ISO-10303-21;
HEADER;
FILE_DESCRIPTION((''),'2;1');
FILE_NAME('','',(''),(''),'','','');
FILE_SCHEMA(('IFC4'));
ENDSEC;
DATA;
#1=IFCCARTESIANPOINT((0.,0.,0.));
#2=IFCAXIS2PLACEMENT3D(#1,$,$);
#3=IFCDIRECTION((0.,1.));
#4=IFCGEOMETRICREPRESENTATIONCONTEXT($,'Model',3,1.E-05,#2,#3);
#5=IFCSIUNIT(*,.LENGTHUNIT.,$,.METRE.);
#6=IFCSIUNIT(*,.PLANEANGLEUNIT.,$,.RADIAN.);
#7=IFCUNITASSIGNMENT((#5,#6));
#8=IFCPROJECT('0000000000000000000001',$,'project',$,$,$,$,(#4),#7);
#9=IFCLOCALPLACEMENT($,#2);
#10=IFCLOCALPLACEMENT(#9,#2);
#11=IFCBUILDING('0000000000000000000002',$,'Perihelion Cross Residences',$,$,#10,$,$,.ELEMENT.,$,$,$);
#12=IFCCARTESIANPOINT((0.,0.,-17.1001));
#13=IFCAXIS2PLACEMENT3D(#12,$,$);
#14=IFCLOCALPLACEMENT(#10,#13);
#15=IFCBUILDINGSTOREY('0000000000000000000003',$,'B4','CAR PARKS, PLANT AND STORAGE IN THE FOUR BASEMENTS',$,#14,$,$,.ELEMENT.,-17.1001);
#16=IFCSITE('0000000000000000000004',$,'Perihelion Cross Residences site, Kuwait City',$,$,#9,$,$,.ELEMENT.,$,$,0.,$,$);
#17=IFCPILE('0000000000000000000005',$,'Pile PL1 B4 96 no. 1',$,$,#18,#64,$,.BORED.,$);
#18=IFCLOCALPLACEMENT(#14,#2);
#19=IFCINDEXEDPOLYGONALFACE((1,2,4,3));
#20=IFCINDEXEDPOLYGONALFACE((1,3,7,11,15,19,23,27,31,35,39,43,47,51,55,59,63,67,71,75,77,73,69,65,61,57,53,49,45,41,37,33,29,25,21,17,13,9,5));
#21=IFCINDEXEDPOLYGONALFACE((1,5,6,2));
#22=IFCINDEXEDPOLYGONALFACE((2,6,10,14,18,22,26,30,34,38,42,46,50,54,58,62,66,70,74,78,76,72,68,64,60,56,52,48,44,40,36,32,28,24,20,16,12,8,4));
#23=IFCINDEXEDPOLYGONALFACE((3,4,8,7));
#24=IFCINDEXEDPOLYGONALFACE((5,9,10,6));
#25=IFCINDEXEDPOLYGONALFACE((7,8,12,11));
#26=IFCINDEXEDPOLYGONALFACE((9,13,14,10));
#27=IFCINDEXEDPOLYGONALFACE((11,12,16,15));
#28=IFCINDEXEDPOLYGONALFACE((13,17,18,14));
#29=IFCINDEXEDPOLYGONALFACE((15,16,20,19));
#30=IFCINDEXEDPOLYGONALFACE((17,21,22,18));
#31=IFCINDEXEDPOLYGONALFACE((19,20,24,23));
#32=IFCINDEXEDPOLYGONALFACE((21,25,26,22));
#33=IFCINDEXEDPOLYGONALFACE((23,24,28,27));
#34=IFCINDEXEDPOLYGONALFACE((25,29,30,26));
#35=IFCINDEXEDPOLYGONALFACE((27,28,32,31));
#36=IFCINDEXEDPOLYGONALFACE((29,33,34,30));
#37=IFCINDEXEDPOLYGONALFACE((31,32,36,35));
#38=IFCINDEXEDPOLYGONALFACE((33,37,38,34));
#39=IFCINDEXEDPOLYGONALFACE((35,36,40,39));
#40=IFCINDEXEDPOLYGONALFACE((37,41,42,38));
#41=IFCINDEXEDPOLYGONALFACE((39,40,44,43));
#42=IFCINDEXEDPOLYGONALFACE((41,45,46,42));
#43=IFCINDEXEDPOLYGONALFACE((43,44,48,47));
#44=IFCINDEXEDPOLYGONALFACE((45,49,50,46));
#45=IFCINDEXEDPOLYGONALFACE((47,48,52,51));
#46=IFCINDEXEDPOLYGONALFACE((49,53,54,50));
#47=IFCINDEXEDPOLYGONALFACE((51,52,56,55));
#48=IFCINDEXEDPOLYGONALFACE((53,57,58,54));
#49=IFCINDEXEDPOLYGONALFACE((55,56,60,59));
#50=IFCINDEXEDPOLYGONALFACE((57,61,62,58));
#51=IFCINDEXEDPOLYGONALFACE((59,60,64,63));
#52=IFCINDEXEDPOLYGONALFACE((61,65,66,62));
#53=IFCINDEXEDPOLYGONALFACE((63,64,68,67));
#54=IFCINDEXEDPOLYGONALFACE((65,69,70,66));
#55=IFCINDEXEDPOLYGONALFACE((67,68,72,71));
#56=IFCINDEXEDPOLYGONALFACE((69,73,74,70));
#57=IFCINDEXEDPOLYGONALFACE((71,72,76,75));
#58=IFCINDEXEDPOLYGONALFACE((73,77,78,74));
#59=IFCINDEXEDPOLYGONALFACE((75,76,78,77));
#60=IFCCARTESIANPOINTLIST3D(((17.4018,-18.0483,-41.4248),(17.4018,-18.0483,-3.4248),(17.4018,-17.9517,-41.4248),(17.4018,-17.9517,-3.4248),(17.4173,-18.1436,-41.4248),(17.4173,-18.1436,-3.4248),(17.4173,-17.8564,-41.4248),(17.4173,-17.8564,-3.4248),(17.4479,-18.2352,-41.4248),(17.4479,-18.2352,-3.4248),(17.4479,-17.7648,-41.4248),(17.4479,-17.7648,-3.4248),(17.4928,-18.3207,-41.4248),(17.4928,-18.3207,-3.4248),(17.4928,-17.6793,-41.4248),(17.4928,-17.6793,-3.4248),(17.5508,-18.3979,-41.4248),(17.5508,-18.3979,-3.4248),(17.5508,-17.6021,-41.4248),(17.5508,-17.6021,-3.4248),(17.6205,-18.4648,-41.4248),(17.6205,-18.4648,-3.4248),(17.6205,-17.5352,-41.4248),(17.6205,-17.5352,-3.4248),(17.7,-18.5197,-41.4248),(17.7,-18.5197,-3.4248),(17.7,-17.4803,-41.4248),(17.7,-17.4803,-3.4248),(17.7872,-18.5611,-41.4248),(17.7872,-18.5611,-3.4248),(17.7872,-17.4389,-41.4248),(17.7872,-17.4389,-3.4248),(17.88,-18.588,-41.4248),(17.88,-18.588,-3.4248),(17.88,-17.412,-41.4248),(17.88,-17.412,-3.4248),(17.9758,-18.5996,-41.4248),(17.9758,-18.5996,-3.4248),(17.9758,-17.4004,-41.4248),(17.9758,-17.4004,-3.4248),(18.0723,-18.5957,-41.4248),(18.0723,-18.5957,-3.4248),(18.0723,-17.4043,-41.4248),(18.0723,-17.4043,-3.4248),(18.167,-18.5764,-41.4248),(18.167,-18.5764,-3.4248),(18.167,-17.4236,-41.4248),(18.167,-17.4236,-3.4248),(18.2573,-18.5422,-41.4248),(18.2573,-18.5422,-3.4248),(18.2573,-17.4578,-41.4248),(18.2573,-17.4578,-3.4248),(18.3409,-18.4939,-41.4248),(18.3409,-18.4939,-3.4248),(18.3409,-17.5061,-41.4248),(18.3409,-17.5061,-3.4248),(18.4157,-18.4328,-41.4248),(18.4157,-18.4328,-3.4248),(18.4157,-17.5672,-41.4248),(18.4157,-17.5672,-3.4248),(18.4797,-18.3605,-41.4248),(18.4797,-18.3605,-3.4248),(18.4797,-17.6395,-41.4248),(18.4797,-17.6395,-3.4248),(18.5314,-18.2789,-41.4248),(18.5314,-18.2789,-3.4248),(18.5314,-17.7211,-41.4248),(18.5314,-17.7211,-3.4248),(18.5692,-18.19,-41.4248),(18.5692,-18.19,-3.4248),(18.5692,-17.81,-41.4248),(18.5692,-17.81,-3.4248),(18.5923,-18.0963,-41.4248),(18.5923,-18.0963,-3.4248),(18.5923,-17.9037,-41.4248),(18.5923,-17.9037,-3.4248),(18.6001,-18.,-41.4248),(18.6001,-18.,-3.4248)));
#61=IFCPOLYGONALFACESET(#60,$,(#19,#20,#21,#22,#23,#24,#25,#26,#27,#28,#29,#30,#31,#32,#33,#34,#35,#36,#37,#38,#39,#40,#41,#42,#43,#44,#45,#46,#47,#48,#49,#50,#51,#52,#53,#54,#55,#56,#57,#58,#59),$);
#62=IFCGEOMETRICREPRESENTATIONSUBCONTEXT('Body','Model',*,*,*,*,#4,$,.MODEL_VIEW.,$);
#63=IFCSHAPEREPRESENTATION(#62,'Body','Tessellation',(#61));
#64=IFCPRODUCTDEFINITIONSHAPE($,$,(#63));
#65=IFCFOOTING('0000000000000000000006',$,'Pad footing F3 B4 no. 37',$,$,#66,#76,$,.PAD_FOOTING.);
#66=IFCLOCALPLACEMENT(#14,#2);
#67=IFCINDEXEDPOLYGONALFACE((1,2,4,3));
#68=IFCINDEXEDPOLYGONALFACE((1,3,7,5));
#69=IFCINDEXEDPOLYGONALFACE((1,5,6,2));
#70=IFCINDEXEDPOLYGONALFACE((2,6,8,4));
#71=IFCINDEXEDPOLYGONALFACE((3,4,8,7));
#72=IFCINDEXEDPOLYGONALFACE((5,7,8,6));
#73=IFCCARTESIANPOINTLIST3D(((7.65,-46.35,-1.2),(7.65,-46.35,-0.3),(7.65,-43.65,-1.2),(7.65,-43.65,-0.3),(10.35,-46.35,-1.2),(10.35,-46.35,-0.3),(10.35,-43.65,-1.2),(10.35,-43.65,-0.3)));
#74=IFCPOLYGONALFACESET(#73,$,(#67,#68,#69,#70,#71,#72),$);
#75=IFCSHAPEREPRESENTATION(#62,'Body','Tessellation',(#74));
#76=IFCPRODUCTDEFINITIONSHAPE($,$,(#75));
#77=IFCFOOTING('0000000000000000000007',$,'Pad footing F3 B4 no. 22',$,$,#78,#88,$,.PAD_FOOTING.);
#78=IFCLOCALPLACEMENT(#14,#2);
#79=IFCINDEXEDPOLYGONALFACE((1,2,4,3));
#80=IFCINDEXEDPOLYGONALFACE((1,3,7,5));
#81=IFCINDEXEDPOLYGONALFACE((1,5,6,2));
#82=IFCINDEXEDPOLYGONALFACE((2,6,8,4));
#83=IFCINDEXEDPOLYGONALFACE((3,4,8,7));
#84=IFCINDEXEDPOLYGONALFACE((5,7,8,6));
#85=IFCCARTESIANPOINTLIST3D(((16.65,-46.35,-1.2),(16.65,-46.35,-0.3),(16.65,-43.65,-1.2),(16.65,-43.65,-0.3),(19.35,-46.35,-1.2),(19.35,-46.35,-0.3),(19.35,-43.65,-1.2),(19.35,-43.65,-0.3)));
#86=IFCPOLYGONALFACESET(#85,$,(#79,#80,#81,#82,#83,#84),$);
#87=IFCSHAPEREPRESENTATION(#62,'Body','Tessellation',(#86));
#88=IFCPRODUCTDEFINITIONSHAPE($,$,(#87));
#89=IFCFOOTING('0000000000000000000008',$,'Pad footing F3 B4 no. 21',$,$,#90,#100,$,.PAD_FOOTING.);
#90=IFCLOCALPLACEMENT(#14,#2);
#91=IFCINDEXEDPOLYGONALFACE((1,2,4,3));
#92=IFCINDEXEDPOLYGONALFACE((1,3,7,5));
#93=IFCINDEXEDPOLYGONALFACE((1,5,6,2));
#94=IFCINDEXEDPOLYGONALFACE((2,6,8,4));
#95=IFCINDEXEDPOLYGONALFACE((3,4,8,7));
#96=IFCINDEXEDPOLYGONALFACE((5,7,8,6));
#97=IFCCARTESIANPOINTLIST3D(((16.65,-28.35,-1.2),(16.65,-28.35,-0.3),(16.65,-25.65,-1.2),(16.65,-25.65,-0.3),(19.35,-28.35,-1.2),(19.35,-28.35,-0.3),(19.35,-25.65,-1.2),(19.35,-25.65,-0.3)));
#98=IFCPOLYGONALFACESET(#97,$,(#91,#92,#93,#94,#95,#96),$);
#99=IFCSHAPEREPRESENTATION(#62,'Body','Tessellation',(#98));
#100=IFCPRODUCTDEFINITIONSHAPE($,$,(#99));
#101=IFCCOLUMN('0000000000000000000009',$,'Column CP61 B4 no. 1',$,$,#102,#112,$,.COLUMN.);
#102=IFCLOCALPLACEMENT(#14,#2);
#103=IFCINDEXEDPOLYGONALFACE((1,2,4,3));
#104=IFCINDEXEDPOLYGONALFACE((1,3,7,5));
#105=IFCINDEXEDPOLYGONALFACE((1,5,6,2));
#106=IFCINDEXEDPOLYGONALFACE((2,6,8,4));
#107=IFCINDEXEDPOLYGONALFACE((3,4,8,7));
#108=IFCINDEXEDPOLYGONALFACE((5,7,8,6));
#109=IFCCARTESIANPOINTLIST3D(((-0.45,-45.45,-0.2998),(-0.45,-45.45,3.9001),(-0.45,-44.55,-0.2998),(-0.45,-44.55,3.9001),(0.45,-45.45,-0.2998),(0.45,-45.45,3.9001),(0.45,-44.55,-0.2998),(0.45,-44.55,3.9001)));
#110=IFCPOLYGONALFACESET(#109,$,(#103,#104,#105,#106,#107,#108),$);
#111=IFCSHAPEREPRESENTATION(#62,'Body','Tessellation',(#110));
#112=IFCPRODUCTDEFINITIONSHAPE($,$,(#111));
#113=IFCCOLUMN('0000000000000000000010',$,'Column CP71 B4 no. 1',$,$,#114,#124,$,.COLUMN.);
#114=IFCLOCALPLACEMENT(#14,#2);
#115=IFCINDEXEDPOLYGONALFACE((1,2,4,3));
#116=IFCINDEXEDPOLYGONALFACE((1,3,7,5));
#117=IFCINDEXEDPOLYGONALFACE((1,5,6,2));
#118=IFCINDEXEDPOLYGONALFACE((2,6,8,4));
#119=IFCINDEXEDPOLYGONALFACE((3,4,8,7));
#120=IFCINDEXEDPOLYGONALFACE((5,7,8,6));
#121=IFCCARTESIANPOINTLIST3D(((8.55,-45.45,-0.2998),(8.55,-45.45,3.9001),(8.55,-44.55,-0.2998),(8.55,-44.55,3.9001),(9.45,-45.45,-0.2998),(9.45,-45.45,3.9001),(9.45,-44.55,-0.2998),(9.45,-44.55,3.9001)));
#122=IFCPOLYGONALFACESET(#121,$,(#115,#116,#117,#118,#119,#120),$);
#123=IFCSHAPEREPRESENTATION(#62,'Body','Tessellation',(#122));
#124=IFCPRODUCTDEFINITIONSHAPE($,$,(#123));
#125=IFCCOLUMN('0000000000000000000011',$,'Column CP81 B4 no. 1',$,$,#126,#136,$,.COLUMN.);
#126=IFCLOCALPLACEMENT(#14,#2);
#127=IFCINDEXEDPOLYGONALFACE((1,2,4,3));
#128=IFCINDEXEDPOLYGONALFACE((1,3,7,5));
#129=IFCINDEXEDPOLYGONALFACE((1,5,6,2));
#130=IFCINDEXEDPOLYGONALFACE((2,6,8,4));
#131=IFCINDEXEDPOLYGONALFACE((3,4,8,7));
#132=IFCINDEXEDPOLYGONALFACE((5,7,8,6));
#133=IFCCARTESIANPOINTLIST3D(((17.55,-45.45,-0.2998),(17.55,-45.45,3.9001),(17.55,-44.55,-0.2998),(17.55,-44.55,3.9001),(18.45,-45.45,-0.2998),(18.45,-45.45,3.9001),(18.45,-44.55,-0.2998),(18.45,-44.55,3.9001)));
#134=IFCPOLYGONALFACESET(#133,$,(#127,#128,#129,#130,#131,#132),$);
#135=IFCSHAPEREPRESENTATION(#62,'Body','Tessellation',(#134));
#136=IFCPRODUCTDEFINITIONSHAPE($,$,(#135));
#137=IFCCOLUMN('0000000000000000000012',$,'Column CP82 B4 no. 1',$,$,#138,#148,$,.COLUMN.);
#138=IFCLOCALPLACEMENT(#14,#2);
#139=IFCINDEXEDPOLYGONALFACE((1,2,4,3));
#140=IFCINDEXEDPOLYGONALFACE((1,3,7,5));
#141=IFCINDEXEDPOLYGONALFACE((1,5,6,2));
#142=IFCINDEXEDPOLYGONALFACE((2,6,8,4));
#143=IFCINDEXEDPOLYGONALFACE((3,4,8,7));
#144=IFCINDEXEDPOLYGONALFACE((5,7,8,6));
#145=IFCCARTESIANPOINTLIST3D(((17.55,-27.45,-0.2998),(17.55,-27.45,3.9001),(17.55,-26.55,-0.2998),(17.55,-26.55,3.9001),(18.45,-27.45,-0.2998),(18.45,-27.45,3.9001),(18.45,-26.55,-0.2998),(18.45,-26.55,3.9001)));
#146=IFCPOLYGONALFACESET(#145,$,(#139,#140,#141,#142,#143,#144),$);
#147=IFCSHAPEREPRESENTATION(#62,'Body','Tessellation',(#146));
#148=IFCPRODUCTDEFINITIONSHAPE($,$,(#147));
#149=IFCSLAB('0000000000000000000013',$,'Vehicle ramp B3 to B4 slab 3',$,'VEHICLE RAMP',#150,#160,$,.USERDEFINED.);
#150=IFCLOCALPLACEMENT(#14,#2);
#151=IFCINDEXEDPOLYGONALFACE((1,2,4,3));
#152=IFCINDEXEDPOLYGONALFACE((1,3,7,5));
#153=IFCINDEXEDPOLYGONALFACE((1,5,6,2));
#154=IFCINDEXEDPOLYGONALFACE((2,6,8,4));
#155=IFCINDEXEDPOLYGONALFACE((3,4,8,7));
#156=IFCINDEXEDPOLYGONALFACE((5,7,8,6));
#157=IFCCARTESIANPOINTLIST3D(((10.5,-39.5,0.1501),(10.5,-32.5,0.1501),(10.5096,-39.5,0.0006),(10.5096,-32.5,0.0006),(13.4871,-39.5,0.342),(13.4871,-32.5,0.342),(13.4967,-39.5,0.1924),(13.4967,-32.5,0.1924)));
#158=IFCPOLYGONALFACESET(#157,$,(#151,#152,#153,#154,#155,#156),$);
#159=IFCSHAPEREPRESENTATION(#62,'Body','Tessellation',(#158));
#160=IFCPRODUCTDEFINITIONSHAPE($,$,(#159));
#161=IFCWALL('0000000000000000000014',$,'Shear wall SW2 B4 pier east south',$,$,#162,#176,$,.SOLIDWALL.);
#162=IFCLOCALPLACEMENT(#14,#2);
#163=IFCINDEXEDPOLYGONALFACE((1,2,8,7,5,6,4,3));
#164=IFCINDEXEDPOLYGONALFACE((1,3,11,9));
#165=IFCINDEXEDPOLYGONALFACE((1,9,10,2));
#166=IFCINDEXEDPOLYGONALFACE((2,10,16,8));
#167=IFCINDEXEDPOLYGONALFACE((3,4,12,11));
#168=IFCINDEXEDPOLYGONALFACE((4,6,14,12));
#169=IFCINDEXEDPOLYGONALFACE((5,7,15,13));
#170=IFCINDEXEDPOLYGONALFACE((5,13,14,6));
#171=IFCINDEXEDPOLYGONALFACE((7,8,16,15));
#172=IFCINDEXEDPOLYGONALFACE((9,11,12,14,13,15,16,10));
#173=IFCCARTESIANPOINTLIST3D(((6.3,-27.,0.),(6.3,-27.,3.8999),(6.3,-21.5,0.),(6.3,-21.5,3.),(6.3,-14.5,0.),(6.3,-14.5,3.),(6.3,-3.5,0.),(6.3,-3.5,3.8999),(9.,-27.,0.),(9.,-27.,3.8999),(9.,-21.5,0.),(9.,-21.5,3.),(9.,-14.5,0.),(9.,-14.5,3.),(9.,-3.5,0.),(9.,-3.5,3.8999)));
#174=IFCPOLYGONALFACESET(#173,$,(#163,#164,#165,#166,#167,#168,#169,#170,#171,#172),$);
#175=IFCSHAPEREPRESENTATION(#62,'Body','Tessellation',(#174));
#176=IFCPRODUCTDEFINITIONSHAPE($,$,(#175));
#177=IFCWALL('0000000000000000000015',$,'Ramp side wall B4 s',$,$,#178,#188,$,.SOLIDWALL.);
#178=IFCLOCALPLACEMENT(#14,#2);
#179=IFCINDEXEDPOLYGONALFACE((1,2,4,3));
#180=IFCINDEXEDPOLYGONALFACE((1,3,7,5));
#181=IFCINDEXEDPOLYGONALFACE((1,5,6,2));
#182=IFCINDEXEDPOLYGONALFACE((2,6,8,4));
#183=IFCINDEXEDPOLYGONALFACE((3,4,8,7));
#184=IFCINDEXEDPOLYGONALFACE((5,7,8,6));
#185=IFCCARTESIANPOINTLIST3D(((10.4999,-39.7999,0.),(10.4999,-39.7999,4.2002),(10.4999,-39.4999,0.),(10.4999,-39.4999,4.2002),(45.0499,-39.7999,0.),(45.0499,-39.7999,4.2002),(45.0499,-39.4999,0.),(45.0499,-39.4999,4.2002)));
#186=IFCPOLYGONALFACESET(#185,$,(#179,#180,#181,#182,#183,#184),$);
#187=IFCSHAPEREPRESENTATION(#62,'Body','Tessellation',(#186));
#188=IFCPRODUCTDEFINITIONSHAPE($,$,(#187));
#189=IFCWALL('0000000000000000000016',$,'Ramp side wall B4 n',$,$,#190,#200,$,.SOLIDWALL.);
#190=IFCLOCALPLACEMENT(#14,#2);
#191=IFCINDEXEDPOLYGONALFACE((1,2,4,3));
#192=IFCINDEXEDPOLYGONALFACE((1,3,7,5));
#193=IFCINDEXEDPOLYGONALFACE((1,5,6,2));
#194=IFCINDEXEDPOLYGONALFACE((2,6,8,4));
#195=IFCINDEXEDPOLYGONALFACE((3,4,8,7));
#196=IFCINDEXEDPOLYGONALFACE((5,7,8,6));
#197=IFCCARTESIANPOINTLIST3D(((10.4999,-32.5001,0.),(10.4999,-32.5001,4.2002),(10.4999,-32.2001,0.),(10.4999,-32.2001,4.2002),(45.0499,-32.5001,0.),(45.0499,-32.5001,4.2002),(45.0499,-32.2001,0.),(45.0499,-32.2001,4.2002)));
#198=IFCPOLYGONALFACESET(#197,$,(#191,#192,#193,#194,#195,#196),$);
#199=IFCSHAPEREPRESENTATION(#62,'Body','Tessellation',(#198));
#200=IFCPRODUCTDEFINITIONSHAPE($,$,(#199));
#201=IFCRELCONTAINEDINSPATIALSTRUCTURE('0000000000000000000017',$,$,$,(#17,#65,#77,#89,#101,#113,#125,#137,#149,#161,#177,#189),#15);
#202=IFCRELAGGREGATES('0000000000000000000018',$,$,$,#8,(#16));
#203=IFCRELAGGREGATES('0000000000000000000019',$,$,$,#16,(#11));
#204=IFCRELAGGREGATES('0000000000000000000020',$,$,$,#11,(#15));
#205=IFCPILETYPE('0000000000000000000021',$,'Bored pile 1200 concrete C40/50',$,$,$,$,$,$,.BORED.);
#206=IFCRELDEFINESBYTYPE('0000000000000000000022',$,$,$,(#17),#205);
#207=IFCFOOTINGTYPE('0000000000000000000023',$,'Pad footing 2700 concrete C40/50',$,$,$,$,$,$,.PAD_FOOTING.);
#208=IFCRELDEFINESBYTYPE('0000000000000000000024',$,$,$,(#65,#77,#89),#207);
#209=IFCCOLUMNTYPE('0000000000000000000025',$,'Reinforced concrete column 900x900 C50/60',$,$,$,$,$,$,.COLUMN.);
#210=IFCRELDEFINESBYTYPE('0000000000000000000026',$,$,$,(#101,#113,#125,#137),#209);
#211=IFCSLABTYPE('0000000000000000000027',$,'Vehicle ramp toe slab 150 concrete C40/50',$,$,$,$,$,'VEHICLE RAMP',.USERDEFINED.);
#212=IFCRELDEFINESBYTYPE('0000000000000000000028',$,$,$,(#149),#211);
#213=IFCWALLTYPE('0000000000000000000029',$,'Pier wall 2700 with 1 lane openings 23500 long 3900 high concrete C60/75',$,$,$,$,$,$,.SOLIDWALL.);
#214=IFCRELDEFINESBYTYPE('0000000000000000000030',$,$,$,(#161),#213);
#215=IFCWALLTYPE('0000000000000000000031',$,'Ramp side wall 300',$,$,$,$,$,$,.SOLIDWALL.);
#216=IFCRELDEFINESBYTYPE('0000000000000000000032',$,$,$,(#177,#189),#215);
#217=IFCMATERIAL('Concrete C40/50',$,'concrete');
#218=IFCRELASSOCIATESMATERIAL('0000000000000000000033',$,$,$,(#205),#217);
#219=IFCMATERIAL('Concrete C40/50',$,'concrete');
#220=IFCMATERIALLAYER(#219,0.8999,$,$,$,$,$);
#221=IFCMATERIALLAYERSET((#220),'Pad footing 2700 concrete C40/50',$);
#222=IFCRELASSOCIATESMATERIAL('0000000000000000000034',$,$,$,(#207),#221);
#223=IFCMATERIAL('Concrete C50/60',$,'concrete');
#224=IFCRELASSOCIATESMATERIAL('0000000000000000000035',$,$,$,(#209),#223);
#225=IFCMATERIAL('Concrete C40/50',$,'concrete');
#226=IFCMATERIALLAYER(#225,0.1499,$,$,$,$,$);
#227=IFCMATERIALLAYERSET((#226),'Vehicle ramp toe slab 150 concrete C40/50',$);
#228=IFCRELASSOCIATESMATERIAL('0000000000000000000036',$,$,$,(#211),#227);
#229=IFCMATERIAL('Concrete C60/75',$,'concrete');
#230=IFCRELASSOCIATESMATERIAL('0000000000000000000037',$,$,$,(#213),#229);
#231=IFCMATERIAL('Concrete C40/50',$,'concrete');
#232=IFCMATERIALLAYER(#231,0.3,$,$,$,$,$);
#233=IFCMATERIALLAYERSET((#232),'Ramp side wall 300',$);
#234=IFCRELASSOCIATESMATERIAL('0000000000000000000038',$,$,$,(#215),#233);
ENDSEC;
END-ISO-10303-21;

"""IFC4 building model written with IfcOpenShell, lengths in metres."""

from ifc_helpers import new_model, si_unit, direction, frame, frame_2d, origin, origin_2d, place, context, subcontext, project, spatial, polyline, rectangle, circle, outline, extrude, material, layer, layer_set, material_profile, profile_set, type_object, element, save


model = new_model("IFC4")

# Units and contexts
model_context = context("Model", 3, precision=1e-05, world=origin(), true_north=direction((0.0, 1.0)))
body_context = subcontext(model_context, "Body", "Model", "MODEL_VIEW")
ifc_project = project(units=[si_unit("LENGTHUNIT", "METRE"), si_unit("PLANEANGLEUNIT", "RADIAN")], contexts=[model_context])

# Site, building, storey
site_placement = place(None, origin())
site = spatial("IfcSite", under=ifc_project, at=site_placement, Name="Perihelion Cross Residences site, Kuwait City", CompositionType="ELEMENT", RefElevation=0.0)
building_placement = place(site_placement, origin())
building = spatial("IfcBuilding", under=site, at=building_placement, Name="Perihelion Cross Residences", CompositionType="ELEMENT")
storey_placement = place(building_placement, frame((0.0, 0.0, -17.1001)))
storey = spatial("IfcBuildingStorey", under=building, at=storey_placement, Name="B4", Description="CAR PARKS, PLANT AND STORAGE IN THE FOUR BASEMENTS", CompositionType="ELEMENT", Elevation=-17.1001)

# Pile
ifc_material_1 = material(Name="Concrete C40/50", Category="concrete")
pile_type = type_object("IfcPileType", Name="Bored pile 1200 concrete C40/50", PredefinedType="BORED", material=ifc_material_1)
for number, where, z_axis, x_axis, name in (
    (1, (18.0, -18.0, -3.4248), (0.0, 0.0, -1.0), (1.0, 0.0, 0.0), "Pile PL1 B4 96 no. 1"),
):
    element("IfcPile", number, at=place(storey_placement, frame(where, z_axis=z_axis, x_axis=x_axis)), inside=storey, type_object=pile_type, Name=name, PredefinedType="BORED", context=body_context, shape_type="SweptSolid", body=[
        extrude(circle(Radius=0.6001, at=origin_2d()), origin(), (0.0, 0.0, 1.0), 38.0),
    ])

# Footings
ifc_material_2 = material(Name="Concrete C40/50", Category="concrete")
ifc_layer_1 = layer(ifc_material_2, 0.8999)
ifc_layer_set_1 = layer_set([ifc_layer_1], Name="Pad footing 2700 concrete C40/50")
footing_type = type_object("IfcFootingType", Name="Pad footing 2700 concrete C40/50", PredefinedType="PAD_FOOTING", material=ifc_layer_set_1)
for number, where, z_axis, x_axis, name in (
    (2, (9.0, -45.0, -1.2), (0.0, 0.0, 1.0), (1.0, 0.0, 0.0), "Pad footing F3 B4 no. 37"),
    (3, (18.0, -45.0, -1.2), (0.0, 0.0, 1.0), (1.0, 0.0, 0.0), "Pad footing F3 B4 no. 22"),
    (4, (18.0, -27.0, -1.2), (0.0, 0.0, 1.0), (1.0, 0.0, 0.0), "Pad footing F3 B4 no. 21"),
):
    element("IfcFooting", number, at=place(storey_placement, frame(where, z_axis=z_axis, x_axis=x_axis)), inside=storey, type_object=footing_type, Name=name, PredefinedType="PAD_FOOTING", context=body_context, shape_type="SweptSolid", body=[
        extrude(rectangle(XDim=2.7, YDim=2.7, at=origin_2d()), origin(), (0.0, 0.0, 1.0), 0.8999),
    ])

# Columns
ifc_material_3 = material(Name="Concrete C50/60", Category="concrete")
ifc_material_profile_1 = material_profile(ifc_material_3, rectangle(XDim=0.8999, YDim=0.8999, at=origin_2d()), Name="RC 900x900")
ifc_profile_set_1 = profile_set([ifc_material_profile_1], Name="Concrete C50/60")
column_type = type_object("IfcColumnType", Name="Reinforced concrete column 900x900 C50/60", PredefinedType="COLUMN", material=ifc_profile_set_1)
for number, where, z_axis, x_axis, name in (
    (5, (0.0, -45.0, -0.2998), (0.0, 0.0, 1.0), (1.0, 0.0, 0.0), "Column CP61 B4 no. 1"),
    (6, (9.0, -45.0, -0.2998), (0.0, 0.0, 1.0), (1.0, 0.0, 0.0), "Column CP71 B4 no. 1"),
    (7, (18.0, -45.0, -0.2998), (0.0, 0.0, 1.0), (1.0, 0.0, 0.0), "Column CP81 B4 no. 1"),
    (8, (18.0, -27.0, -0.2998), (0.0, 0.0, 1.0), (1.0, 0.0, 0.0), "Column CP82 B4 no. 1"),
):
    element("IfcColumn", number, at=place(storey_placement, frame(where, z_axis=z_axis, x_axis=x_axis)), inside=storey, type_object=column_type, Name=name, PredefinedType="COLUMN", context=body_context, shape_type="SweptSolid", body=[
        extrude(rectangle(XDim=0.8999, YDim=0.8999, at=origin_2d()), origin(), (0.0, 0.0, 1.0), 4.2),
    ])

# Slab
ifc_material_4 = material(Name="Concrete C40/50", Category="concrete")
ifc_layer_2 = layer(ifc_material_4, 0.1499)
ifc_layer_set_2 = layer_set([ifc_layer_2], Name="Vehicle ramp toe slab 150 concrete C40/50")
slab_type = type_object("IfcSlabType", Name="Vehicle ramp toe slab 150 concrete C40/50", ElementType="VEHICLE RAMP", PredefinedType="USERDEFINED", material=ifc_layer_set_2)
slab_placement = place(storey_placement, frame((13.4871, -39.5, 0.342), z_axis=(-0.06411, 0.0, 0.997943), x_axis=(-0.997943, 0.0, -0.06411)))
element("IfcSlab", 9, at=slab_placement, inside=storey, type_object=slab_type, Name="Vehicle ramp B3 to B4 slab 3", ObjectType="VEHICLE RAMP", PredefinedType="USERDEFINED", context=body_context, shape_type="SweptSolid", body=[
    extrude(outline(polyline([(0.0, 0.0), (2.9932, 0.0), (2.9932, -7.0), (0.0, -7.0), (0.0, 0.0)])), origin(), (0.0, 0.0, -1.0), 0.1499),
])

# Walls
ifc_material_5 = material(Name="Concrete C60/75", Category="concrete")
ifc_material_profile_2 = material_profile(ifc_material_5, outline(polyline([(0.0, 0.0), (5.5, 0.0), (5.5, 3.0), (12.5, 3.0), (12.5, 0.0), (23.5, 0.0), (23.5, 3.8999), (0.0, 3.8999), (0.0, 0.0)])), Name="Pier wall")
ifc_profile_set_2 = profile_set([ifc_material_profile_2], Name="Concrete C60/75")
wall_type_1 = type_object("IfcWallType", Name="Pier wall 2700 with 1 lane openings 23500 long 3900 high concrete C60/75", PredefinedType="SOLIDWALL", material=ifc_profile_set_2)
wall_placement = place(storey_placement, frame((6.3, -27.0, 0.0), z_axis=(1.0, 0.0, 0.0), x_axis=(0.0, 1.0, 0.0)))
element("IfcWall", 10, at=wall_placement, inside=storey, type_object=wall_type_1, Name="Shear wall SW2 B4 pier east south", PredefinedType="SOLIDWALL", context=body_context, shape_type="SweptSolid", body=[
    extrude(outline(polyline([(0.0, 0.0), (5.5, 0.0), (5.5, 3.0), (12.5, 3.0), (12.5, 0.0), (23.5, 0.0), (23.5, 3.8999), (0.0, 3.8999), (0.0, 0.0)])), origin(), (0.0, 0.0, 1.0), 2.7),
])
ifc_material_6 = material(Name="Concrete C40/50", Category="concrete")
ifc_layer_3 = layer(ifc_material_6, 0.3)
ifc_layer_set_3 = layer_set([ifc_layer_3], Name="Ramp side wall 300")
wall_type_2 = type_object("IfcWallType", Name="Ramp side wall 300", PredefinedType="SOLIDWALL", material=ifc_layer_set_3)
for number, where, z_axis, x_axis, name in (
    (11, (10.5, -39.6499, 0.0), (0.0, 0.0, 1.0), (1.0, 0.0, 0.0), "Ramp side wall B4 s"),
    (12, (10.5, -32.3501, 0.0), (0.0, 0.0, 1.0), (1.0, 0.0, 0.0), "Ramp side wall B4 n"),
):
    element("IfcWall", number, at=place(storey_placement, frame(where, z_axis=z_axis, x_axis=x_axis)), inside=storey, type_object=wall_type_2, Name=name, PredefinedType="SOLIDWALL", context=body_context, shape_type="SweptSolid", body=[
        extrude(rectangle(XDim=34.55, YDim=0.3, at=frame_2d((17.2749, 0.0))), origin(), (0.0, 0.0, 1.0), 4.2002),
    ])

save(model, "model.ifc")
